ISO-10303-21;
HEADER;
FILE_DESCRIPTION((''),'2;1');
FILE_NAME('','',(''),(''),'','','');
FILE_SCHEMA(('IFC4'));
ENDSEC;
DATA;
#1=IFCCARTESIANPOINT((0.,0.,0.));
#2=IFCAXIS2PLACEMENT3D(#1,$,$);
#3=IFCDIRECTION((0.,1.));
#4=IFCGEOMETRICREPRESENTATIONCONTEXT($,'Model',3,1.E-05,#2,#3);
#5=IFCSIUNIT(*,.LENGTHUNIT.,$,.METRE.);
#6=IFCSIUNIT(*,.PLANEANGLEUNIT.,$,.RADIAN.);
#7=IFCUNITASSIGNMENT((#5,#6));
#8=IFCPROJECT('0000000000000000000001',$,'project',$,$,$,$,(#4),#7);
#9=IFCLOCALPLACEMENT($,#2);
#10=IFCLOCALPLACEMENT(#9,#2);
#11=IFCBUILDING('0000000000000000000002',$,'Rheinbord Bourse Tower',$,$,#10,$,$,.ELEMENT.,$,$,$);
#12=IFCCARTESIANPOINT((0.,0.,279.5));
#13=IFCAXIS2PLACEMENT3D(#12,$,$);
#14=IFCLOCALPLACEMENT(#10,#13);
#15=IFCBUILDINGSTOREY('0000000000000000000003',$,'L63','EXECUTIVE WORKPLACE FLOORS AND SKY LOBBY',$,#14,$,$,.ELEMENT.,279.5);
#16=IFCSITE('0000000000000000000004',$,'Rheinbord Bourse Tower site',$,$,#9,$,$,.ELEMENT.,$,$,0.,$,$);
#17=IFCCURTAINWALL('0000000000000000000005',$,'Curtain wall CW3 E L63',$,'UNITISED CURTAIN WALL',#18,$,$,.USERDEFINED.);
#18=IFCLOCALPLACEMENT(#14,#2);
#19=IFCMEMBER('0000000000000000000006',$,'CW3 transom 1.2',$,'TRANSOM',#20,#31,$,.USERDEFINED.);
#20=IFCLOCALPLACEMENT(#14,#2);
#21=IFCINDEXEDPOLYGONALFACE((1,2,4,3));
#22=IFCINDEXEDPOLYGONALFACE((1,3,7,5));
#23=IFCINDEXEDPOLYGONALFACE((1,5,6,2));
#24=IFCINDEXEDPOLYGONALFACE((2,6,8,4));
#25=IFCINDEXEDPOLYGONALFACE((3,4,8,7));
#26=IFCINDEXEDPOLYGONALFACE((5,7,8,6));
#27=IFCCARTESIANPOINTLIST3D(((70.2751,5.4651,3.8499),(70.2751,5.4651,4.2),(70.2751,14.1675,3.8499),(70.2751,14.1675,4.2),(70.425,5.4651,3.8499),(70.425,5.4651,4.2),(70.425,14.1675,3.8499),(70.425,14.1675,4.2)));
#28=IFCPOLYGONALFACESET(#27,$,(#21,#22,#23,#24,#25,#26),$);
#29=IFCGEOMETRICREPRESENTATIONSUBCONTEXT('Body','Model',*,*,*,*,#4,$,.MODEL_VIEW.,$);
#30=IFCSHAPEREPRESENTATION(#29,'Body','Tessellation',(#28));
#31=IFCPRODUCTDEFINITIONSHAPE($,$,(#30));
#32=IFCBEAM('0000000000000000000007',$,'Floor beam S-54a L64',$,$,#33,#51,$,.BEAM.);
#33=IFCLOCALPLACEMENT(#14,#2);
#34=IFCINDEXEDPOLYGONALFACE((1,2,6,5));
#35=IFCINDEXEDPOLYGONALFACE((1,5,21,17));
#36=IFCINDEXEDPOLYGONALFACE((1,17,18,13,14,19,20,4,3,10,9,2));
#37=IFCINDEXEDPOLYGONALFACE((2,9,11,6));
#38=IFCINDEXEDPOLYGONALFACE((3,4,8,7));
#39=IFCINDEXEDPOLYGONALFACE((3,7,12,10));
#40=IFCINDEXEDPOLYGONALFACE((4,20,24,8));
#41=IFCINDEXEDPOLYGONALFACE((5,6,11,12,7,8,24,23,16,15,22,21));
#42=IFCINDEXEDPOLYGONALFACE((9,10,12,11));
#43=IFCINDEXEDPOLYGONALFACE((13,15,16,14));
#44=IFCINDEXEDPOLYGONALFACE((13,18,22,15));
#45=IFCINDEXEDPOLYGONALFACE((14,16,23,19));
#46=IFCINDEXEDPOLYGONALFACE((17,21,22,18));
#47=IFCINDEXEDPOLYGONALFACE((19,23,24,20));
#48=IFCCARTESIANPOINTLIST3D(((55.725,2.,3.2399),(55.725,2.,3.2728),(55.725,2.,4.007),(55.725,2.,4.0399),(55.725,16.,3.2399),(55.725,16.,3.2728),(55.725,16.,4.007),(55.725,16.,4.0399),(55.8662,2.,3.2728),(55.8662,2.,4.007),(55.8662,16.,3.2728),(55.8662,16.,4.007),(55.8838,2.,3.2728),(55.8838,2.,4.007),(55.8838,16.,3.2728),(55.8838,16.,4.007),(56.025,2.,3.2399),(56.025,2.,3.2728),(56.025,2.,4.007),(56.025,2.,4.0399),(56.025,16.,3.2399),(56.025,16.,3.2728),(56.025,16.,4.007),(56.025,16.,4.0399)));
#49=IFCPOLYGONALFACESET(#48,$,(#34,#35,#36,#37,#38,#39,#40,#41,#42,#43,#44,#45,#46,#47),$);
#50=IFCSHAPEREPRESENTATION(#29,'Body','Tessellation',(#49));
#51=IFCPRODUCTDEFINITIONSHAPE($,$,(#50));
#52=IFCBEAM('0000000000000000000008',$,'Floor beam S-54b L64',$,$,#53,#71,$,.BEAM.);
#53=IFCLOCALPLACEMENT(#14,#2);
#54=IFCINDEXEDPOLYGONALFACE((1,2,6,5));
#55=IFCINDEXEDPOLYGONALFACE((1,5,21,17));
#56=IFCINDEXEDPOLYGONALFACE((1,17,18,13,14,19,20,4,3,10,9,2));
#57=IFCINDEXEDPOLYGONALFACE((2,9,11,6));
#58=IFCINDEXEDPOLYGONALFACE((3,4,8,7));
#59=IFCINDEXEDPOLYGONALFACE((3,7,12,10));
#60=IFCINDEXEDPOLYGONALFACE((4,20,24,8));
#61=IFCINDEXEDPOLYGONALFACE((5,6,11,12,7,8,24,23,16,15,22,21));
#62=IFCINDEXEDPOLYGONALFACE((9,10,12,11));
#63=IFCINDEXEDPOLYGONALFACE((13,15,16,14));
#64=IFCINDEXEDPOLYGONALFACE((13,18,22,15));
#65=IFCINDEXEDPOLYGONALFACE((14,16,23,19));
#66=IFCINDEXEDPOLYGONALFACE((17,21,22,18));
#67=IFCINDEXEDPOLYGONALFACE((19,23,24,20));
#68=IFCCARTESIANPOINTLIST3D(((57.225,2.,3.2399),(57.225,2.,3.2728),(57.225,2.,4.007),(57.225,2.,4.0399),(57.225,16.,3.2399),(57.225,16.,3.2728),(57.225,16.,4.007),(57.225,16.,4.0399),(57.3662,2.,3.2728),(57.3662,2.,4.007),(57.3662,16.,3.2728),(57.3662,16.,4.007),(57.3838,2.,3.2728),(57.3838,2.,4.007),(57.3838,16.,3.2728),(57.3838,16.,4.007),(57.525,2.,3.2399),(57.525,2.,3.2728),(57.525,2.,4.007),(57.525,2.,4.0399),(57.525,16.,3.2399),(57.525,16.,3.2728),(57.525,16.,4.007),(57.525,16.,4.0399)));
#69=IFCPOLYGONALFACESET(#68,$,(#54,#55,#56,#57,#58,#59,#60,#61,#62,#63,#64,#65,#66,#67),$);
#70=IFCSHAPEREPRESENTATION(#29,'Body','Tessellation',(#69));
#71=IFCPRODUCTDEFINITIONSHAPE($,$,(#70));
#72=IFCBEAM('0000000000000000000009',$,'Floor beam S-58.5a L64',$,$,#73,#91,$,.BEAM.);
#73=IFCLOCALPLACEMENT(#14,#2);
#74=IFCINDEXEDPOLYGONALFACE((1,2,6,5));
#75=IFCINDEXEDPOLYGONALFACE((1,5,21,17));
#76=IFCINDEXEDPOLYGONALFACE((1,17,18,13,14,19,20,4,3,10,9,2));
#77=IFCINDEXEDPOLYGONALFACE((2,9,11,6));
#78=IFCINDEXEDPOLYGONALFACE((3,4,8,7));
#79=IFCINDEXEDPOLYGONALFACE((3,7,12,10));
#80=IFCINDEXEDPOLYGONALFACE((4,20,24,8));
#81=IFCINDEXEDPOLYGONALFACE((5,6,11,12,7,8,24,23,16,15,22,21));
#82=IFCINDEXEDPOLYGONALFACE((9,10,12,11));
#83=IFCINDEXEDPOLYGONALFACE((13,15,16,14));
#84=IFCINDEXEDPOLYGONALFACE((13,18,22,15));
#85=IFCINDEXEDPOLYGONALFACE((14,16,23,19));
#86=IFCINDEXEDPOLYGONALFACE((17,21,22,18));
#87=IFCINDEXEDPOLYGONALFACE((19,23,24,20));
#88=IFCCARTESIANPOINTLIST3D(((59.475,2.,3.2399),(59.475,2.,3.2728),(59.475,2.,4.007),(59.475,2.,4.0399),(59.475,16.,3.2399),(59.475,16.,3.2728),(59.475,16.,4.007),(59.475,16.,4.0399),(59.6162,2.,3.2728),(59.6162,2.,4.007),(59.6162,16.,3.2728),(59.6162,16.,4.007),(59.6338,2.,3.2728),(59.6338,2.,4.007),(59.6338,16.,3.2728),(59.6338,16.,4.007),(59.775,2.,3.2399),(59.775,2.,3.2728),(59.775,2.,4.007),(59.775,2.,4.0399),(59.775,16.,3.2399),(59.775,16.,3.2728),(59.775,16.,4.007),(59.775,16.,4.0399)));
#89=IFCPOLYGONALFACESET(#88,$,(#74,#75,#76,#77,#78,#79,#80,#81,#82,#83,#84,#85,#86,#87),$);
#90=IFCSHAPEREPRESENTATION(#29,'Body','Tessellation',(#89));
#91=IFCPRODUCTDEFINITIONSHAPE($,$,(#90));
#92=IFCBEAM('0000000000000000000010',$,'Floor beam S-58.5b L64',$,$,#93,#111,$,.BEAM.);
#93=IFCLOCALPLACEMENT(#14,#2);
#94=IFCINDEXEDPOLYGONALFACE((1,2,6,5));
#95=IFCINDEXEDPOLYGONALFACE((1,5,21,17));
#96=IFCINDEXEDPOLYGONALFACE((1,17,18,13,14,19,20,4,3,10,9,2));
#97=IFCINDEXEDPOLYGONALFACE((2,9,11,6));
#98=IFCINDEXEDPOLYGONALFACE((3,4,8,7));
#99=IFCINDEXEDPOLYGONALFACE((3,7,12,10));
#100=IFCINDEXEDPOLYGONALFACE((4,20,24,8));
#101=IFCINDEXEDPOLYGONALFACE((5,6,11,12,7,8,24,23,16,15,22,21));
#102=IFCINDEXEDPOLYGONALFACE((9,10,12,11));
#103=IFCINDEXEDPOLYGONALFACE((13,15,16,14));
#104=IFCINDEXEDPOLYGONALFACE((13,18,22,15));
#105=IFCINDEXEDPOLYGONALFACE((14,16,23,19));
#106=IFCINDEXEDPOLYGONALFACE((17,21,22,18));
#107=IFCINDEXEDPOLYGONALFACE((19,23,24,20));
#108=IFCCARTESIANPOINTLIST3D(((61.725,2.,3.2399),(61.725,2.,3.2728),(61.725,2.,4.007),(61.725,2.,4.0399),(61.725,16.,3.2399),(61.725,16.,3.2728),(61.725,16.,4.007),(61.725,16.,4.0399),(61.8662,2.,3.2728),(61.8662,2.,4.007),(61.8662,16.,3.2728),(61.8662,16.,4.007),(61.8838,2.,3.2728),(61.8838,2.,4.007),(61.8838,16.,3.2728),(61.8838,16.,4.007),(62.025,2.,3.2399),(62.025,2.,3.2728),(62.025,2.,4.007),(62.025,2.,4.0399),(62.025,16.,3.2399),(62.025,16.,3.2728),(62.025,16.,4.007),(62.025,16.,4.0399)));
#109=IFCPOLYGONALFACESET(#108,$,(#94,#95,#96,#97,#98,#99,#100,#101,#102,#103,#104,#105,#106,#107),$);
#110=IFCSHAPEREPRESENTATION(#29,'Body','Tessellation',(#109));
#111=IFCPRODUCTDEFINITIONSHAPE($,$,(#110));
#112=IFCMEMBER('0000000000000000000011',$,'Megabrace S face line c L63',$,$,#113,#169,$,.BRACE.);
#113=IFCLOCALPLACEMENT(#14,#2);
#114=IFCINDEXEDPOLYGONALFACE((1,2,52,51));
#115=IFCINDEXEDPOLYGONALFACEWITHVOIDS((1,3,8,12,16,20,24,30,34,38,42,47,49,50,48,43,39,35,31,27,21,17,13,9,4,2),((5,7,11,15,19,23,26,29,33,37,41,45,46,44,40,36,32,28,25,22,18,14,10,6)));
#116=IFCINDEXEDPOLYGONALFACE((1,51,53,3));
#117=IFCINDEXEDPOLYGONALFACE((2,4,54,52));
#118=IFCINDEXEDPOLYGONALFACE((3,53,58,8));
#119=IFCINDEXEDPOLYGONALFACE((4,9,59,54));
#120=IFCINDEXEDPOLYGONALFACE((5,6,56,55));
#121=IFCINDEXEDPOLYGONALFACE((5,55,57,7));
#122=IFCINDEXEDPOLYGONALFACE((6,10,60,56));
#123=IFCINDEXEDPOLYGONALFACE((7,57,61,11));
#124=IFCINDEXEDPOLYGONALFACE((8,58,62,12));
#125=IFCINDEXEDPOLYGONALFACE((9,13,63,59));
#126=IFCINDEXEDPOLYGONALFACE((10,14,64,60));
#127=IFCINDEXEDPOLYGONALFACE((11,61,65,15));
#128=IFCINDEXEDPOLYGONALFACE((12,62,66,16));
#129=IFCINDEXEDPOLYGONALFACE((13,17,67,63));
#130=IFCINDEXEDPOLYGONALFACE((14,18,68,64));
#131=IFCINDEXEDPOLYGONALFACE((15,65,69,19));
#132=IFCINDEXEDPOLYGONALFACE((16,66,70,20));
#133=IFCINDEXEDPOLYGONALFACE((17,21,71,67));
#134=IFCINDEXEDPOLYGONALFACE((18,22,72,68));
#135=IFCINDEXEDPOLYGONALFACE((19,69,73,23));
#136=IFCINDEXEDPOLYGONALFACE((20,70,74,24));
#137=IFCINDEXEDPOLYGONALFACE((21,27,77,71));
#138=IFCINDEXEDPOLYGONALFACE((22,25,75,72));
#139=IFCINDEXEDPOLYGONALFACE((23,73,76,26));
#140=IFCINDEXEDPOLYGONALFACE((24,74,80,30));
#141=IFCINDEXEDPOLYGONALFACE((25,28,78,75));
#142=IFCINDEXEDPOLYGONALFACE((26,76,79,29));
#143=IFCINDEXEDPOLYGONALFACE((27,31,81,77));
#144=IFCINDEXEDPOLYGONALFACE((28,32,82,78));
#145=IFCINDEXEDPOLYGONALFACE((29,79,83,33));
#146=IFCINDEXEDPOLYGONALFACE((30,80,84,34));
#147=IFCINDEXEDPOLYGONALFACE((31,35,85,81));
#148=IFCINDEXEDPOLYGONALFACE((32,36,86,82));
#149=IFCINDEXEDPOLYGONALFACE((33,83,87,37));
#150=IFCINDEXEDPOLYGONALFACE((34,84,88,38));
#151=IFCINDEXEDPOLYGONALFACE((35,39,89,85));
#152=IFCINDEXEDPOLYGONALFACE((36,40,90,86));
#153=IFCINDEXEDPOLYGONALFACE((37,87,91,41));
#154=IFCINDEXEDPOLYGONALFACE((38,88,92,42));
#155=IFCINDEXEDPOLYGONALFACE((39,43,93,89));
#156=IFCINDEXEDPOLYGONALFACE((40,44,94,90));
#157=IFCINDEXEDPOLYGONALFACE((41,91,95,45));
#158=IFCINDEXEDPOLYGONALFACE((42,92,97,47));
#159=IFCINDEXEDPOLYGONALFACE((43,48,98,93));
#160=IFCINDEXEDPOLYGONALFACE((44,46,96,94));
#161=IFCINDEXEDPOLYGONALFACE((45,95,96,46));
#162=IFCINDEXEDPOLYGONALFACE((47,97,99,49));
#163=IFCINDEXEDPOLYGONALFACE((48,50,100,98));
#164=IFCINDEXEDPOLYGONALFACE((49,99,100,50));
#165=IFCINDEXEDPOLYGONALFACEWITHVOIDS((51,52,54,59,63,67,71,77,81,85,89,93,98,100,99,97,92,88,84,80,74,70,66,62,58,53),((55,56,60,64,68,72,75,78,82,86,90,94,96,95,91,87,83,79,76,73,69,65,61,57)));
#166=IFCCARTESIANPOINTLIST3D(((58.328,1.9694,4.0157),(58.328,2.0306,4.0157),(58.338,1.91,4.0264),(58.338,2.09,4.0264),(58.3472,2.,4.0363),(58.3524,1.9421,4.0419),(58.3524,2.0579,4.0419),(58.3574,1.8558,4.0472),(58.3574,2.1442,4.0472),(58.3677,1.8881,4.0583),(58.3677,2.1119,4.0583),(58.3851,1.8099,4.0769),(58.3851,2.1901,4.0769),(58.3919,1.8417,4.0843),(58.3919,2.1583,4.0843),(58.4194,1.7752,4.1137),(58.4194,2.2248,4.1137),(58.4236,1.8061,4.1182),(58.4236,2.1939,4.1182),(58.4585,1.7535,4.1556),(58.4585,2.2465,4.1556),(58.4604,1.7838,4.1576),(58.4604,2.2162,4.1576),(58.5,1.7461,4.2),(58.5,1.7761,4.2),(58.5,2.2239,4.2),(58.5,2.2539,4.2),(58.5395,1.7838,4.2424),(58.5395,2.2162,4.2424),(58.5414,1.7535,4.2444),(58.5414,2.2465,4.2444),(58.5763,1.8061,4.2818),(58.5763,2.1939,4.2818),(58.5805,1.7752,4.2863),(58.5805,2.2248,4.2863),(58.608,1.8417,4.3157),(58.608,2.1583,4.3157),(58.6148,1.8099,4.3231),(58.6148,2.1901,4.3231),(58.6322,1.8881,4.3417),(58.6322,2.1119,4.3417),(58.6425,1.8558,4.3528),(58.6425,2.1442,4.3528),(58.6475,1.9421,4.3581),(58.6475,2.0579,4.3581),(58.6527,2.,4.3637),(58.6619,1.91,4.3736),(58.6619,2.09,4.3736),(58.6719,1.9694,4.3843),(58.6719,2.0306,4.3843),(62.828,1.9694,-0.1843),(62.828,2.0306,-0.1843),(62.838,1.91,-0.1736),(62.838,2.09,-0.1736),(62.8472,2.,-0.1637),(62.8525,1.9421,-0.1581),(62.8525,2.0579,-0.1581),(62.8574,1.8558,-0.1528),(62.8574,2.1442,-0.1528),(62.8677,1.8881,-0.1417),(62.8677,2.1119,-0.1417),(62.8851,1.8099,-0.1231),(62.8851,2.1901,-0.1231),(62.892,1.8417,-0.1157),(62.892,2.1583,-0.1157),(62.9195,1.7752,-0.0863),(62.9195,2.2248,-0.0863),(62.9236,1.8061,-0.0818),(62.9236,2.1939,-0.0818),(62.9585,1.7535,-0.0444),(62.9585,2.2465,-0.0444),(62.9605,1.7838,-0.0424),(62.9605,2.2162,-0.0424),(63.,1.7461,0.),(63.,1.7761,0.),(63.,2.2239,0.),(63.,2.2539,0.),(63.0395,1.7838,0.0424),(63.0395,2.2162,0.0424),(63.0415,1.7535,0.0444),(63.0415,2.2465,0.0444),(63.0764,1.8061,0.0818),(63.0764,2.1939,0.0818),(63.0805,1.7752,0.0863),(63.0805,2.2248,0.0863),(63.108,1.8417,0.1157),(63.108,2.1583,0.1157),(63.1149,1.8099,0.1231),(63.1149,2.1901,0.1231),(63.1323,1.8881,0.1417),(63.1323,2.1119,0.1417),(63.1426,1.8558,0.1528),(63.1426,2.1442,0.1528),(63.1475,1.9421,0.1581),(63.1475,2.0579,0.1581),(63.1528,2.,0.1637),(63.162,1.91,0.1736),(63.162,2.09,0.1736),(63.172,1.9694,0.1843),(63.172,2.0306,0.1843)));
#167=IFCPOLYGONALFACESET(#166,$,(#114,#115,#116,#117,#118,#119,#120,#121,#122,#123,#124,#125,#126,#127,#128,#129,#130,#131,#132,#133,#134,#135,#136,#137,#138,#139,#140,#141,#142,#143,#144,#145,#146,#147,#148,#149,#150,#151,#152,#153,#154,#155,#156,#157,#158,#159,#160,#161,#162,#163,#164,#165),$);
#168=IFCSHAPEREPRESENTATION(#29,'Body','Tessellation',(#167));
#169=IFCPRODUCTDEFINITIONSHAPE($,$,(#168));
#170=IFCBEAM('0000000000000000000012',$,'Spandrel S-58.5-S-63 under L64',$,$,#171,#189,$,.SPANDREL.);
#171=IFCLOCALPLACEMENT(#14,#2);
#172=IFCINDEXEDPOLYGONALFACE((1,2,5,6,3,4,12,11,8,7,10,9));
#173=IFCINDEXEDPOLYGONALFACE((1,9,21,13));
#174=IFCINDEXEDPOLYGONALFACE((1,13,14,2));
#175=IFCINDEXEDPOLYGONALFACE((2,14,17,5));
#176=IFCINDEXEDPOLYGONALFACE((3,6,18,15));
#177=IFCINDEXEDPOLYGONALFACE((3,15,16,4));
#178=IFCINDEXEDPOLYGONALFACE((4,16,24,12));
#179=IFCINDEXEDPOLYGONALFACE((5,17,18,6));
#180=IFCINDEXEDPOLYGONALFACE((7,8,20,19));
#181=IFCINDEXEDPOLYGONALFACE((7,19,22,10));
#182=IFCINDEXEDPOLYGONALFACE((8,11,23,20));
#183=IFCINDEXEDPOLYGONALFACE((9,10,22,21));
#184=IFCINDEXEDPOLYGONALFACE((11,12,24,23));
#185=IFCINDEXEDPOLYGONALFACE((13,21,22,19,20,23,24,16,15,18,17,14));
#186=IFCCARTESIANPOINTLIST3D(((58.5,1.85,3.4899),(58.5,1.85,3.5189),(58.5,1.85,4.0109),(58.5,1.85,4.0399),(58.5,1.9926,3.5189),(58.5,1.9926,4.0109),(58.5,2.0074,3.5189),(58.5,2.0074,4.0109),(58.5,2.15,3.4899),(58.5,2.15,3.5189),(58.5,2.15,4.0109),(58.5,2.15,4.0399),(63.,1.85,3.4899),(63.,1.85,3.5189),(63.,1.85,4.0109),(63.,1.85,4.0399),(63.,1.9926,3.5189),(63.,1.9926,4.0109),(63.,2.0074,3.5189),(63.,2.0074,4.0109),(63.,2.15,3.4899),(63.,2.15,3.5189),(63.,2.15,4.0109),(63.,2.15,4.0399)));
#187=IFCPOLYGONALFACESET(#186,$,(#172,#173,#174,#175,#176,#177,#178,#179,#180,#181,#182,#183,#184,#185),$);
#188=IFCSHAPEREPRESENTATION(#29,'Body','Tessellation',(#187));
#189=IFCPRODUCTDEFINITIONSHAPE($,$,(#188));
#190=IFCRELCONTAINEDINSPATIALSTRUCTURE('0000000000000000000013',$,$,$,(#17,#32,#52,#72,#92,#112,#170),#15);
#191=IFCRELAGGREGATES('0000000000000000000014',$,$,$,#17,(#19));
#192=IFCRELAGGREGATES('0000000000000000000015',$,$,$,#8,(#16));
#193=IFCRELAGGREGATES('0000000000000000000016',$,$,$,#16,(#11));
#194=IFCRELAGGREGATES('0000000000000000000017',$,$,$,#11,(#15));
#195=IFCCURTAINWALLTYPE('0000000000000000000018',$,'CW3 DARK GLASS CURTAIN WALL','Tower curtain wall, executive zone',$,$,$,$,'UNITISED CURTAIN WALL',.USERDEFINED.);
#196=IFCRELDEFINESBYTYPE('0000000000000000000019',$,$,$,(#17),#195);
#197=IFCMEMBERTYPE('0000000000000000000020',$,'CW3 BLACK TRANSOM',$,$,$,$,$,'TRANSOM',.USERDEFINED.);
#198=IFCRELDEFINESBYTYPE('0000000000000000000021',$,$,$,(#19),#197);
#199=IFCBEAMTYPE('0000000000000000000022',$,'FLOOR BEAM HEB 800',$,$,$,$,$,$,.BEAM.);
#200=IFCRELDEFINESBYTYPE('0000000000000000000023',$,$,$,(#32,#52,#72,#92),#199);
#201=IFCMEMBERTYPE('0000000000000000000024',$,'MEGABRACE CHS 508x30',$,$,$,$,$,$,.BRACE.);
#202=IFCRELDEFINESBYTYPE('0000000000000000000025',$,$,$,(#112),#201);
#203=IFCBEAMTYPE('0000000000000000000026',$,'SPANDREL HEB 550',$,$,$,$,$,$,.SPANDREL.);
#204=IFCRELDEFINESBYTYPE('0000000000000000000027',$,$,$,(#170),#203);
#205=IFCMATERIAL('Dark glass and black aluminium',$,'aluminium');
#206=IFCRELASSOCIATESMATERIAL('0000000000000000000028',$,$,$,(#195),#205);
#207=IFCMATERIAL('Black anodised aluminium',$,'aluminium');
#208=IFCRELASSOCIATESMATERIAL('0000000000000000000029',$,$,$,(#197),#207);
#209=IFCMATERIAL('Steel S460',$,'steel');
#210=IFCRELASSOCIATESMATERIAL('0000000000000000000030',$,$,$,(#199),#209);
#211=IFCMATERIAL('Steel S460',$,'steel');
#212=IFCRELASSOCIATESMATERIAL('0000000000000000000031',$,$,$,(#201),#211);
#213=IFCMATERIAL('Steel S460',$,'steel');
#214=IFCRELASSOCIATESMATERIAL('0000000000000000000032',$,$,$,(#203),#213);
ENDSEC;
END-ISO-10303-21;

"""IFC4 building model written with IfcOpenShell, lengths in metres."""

from ifc_helpers import new_model, si_unit, direction, frame, origin, origin_2d, place, context, subcontext, project, spatial, rectangle, hollow_circle, i_section, extrude, material, material_profile, profile_set, type_object, element, aggregate, save


model = new_model("IFC4")

# Units and contexts
model_context = context("Model", 3, precision=1e-05, world=origin(), true_north=direction((0.0, 1.0)))
body_context = subcontext(model_context, "Body", "Model", "MODEL_VIEW")
ifc_project = project(units=[si_unit("LENGTHUNIT", "METRE"), si_unit("PLANEANGLEUNIT", "RADIAN")], contexts=[model_context])

# Site, building, storey
site_placement = place(None, origin())
site = spatial("IfcSite", under=ifc_project, at=site_placement, Name="Rheinbord Bourse Tower site", CompositionType="ELEMENT", RefElevation=0.0)
building_placement = place(site_placement, origin())
building = spatial("IfcBuilding", under=site, at=building_placement, Name="Rheinbord Bourse Tower", CompositionType="ELEMENT")
storey_placement = place(building_placement, frame((0.0, 0.0, 279.5)))
storey = spatial("IfcBuildingStorey", under=building, at=storey_placement, Name="L63", Description="EXECUTIVE WORKPLACE FLOORS AND SKY LOBBY", CompositionType="ELEMENT", Elevation=279.5)

# Shared definitions
ifc_material_1 = material(Name="Dark glass and black aluminium", Category="aluminium")
curtain_wall_type = type_object("IfcCurtainWallType", Name="CW3 DARK GLASS CURTAIN WALL", Description="Tower curtain wall, executive zone", ElementType="UNITISED CURTAIN WALL", PredefinedType="USERDEFINED", material=ifc_material_1)

# Curtain wall
curtain_wall_1_placement = place(storey_placement, origin())
curtain_wall_1 = element("IfcCurtainWall", 1, at=curtain_wall_1_placement, inside=storey, type_object=curtain_wall_type, Name="Curtain wall CW3 E L63", ObjectType="UNITISED CURTAIN WALL", PredefinedType="USERDEFINED")

# Member
ifc_material_2 = material(Name="Black anodised aluminium", Category="aluminium")
ifc_material_profile_1 = material_profile(ifc_material_2, rectangle(XDim=0.1499, YDim=0.3501, at=origin_2d()), Name="CW3 TRANSOM 350x150")
ifc_profile_set_1 = profile_set([ifc_material_profile_1], Name="Black anodised aluminium")
member_type_1 = type_object("IfcMemberType", Name="CW3 BLACK TRANSOM", ElementType="TRANSOM", PredefinedType="USERDEFINED", material=ifc_profile_set_1)
member_1_placement = place(storey_placement, frame((70.3501, 5.4651, 4.0249), z_axis=(0.0, 1.0, 0.0), x_axis=(-1.0, 0.0, 0.0)))
member_1 = element("IfcMember", 2, at=member_1_placement, type_object=member_type_1, Name="CW3 transom 1.2", ObjectType="TRANSOM", PredefinedType="USERDEFINED", context=body_context, shape_type="SweptSolid", body=[
    extrude(rectangle(XDim=0.1499, YDim=0.3501, at=origin_2d()), origin(), (0.0, 0.0, 1.0), 8.7024),
])

# Beams
ifc_material_3 = material(Name="Steel S460", Category="steel")
ifc_material_profile_2 = material_profile(ifc_material_3, i_section(OverallWidth=0.3, OverallDepth=0.8, WebThickness=0.0176, FlangeThickness=0.033, at=origin_2d()), Name="HEB 800")
ifc_profile_set_2 = profile_set([ifc_material_profile_2], Name="Steel S460")
beam_type_1 = type_object("IfcBeamType", Name="FLOOR BEAM HEB 800", PredefinedType="BEAM", material=ifc_profile_set_2)
for number, where, z_axis, x_axis, name in (
    (3, (55.875, 2.0, 3.6399), (0.0, 1.0, 0.0), (-1.0, 0.0, 0.0), "Floor beam S-54a L64"),
    (4, (57.375, 2.0, 3.6399), (0.0, 1.0, 0.0), (-1.0, 0.0, 0.0), "Floor beam S-54b L64"),
    (5, (59.625, 2.0, 3.6399), (0.0, 1.0, 0.0), (-1.0, 0.0, 0.0), "Floor beam S-58.5a L64"),
    (6, (61.875, 2.0, 3.6399), (0.0, 1.0, 0.0), (-1.0, 0.0, 0.0), "Floor beam S-58.5b L64"),
):
    element("IfcBeam", number, at=place(storey_placement, frame(where, z_axis=z_axis, x_axis=x_axis)), inside=storey, type_object=beam_type_1, Name=name, PredefinedType="BEAM", context=body_context, shape_type="SweptSolid", body=[
        extrude(i_section(OverallWidth=0.3, OverallDepth=0.8, WebThickness=0.0176, FlangeThickness=0.033, at=origin_2d()), origin(), (0.0, 0.0, 1.0), 14.0),
    ])

# Member
ifc_material_4 = material(Name="Steel S460", Category="steel")
ifc_material_profile_3 = material_profile(ifc_material_4, hollow_circle(Radius=0.2539, WallThickness=0.03, at=origin_2d()), Name="CHS 508x30")
ifc_profile_set_3 = profile_set([ifc_material_profile_3], Name="Steel S460")
member_type_2 = type_object("IfcMemberType", Name="MEGABRACE CHS 508x30", PredefinedType="BRACE", material=ifc_profile_set_3)
member_2_placement = place(storey_placement, frame((63.0, 2.0, 0.0), z_axis=(-0.731059, 0.0, 0.682314), x_axis=(0.0, -1.0, 0.0)))
element("IfcMember", 7, at=member_2_placement, inside=storey, type_object=member_type_2, Name="Megabrace S face line c L63", PredefinedType="BRACE", context=body_context, shape_type="SweptSolid", body=[
    extrude(hollow_circle(Radius=0.2539, WallThickness=0.03, at=origin_2d()), origin(), (0.0, 0.0, 1.0), 6.1555),
])

# Beam
ifc_material_5 = material(Name="Steel S460", Category="steel")
ifc_material_profile_4 = material_profile(ifc_material_5, i_section(OverallWidth=0.3, OverallDepth=0.55, WebThickness=0.0149, FlangeThickness=0.0291, at=origin_2d()), Name="HEB 550")
ifc_profile_set_4 = profile_set([ifc_material_profile_4], Name="Steel S460")
beam_type_2 = type_object("IfcBeamType", Name="SPANDREL HEB 550", PredefinedType="SPANDREL", material=ifc_profile_set_4)
beam_1_placement = place(storey_placement, frame((58.5, 2.0, 3.7649), z_axis=(1.0, 0.0, 0.0), x_axis=(0.0, 1.0, 0.0)))
element("IfcBeam", 8, at=beam_1_placement, inside=storey, type_object=beam_type_2, Name="Spandrel S-58.5-S-63 under L64", PredefinedType="SPANDREL", context=body_context, shape_type="SweptSolid", body=[
    extrude(i_section(OverallWidth=0.3, OverallDepth=0.55, WebThickness=0.0149, FlangeThickness=0.0291, at=origin_2d()), origin(), (0.0, 0.0, 1.0), 4.5),
])

aggregate(curtain_wall_1, [member_1])

save(model, "model.ifc")
